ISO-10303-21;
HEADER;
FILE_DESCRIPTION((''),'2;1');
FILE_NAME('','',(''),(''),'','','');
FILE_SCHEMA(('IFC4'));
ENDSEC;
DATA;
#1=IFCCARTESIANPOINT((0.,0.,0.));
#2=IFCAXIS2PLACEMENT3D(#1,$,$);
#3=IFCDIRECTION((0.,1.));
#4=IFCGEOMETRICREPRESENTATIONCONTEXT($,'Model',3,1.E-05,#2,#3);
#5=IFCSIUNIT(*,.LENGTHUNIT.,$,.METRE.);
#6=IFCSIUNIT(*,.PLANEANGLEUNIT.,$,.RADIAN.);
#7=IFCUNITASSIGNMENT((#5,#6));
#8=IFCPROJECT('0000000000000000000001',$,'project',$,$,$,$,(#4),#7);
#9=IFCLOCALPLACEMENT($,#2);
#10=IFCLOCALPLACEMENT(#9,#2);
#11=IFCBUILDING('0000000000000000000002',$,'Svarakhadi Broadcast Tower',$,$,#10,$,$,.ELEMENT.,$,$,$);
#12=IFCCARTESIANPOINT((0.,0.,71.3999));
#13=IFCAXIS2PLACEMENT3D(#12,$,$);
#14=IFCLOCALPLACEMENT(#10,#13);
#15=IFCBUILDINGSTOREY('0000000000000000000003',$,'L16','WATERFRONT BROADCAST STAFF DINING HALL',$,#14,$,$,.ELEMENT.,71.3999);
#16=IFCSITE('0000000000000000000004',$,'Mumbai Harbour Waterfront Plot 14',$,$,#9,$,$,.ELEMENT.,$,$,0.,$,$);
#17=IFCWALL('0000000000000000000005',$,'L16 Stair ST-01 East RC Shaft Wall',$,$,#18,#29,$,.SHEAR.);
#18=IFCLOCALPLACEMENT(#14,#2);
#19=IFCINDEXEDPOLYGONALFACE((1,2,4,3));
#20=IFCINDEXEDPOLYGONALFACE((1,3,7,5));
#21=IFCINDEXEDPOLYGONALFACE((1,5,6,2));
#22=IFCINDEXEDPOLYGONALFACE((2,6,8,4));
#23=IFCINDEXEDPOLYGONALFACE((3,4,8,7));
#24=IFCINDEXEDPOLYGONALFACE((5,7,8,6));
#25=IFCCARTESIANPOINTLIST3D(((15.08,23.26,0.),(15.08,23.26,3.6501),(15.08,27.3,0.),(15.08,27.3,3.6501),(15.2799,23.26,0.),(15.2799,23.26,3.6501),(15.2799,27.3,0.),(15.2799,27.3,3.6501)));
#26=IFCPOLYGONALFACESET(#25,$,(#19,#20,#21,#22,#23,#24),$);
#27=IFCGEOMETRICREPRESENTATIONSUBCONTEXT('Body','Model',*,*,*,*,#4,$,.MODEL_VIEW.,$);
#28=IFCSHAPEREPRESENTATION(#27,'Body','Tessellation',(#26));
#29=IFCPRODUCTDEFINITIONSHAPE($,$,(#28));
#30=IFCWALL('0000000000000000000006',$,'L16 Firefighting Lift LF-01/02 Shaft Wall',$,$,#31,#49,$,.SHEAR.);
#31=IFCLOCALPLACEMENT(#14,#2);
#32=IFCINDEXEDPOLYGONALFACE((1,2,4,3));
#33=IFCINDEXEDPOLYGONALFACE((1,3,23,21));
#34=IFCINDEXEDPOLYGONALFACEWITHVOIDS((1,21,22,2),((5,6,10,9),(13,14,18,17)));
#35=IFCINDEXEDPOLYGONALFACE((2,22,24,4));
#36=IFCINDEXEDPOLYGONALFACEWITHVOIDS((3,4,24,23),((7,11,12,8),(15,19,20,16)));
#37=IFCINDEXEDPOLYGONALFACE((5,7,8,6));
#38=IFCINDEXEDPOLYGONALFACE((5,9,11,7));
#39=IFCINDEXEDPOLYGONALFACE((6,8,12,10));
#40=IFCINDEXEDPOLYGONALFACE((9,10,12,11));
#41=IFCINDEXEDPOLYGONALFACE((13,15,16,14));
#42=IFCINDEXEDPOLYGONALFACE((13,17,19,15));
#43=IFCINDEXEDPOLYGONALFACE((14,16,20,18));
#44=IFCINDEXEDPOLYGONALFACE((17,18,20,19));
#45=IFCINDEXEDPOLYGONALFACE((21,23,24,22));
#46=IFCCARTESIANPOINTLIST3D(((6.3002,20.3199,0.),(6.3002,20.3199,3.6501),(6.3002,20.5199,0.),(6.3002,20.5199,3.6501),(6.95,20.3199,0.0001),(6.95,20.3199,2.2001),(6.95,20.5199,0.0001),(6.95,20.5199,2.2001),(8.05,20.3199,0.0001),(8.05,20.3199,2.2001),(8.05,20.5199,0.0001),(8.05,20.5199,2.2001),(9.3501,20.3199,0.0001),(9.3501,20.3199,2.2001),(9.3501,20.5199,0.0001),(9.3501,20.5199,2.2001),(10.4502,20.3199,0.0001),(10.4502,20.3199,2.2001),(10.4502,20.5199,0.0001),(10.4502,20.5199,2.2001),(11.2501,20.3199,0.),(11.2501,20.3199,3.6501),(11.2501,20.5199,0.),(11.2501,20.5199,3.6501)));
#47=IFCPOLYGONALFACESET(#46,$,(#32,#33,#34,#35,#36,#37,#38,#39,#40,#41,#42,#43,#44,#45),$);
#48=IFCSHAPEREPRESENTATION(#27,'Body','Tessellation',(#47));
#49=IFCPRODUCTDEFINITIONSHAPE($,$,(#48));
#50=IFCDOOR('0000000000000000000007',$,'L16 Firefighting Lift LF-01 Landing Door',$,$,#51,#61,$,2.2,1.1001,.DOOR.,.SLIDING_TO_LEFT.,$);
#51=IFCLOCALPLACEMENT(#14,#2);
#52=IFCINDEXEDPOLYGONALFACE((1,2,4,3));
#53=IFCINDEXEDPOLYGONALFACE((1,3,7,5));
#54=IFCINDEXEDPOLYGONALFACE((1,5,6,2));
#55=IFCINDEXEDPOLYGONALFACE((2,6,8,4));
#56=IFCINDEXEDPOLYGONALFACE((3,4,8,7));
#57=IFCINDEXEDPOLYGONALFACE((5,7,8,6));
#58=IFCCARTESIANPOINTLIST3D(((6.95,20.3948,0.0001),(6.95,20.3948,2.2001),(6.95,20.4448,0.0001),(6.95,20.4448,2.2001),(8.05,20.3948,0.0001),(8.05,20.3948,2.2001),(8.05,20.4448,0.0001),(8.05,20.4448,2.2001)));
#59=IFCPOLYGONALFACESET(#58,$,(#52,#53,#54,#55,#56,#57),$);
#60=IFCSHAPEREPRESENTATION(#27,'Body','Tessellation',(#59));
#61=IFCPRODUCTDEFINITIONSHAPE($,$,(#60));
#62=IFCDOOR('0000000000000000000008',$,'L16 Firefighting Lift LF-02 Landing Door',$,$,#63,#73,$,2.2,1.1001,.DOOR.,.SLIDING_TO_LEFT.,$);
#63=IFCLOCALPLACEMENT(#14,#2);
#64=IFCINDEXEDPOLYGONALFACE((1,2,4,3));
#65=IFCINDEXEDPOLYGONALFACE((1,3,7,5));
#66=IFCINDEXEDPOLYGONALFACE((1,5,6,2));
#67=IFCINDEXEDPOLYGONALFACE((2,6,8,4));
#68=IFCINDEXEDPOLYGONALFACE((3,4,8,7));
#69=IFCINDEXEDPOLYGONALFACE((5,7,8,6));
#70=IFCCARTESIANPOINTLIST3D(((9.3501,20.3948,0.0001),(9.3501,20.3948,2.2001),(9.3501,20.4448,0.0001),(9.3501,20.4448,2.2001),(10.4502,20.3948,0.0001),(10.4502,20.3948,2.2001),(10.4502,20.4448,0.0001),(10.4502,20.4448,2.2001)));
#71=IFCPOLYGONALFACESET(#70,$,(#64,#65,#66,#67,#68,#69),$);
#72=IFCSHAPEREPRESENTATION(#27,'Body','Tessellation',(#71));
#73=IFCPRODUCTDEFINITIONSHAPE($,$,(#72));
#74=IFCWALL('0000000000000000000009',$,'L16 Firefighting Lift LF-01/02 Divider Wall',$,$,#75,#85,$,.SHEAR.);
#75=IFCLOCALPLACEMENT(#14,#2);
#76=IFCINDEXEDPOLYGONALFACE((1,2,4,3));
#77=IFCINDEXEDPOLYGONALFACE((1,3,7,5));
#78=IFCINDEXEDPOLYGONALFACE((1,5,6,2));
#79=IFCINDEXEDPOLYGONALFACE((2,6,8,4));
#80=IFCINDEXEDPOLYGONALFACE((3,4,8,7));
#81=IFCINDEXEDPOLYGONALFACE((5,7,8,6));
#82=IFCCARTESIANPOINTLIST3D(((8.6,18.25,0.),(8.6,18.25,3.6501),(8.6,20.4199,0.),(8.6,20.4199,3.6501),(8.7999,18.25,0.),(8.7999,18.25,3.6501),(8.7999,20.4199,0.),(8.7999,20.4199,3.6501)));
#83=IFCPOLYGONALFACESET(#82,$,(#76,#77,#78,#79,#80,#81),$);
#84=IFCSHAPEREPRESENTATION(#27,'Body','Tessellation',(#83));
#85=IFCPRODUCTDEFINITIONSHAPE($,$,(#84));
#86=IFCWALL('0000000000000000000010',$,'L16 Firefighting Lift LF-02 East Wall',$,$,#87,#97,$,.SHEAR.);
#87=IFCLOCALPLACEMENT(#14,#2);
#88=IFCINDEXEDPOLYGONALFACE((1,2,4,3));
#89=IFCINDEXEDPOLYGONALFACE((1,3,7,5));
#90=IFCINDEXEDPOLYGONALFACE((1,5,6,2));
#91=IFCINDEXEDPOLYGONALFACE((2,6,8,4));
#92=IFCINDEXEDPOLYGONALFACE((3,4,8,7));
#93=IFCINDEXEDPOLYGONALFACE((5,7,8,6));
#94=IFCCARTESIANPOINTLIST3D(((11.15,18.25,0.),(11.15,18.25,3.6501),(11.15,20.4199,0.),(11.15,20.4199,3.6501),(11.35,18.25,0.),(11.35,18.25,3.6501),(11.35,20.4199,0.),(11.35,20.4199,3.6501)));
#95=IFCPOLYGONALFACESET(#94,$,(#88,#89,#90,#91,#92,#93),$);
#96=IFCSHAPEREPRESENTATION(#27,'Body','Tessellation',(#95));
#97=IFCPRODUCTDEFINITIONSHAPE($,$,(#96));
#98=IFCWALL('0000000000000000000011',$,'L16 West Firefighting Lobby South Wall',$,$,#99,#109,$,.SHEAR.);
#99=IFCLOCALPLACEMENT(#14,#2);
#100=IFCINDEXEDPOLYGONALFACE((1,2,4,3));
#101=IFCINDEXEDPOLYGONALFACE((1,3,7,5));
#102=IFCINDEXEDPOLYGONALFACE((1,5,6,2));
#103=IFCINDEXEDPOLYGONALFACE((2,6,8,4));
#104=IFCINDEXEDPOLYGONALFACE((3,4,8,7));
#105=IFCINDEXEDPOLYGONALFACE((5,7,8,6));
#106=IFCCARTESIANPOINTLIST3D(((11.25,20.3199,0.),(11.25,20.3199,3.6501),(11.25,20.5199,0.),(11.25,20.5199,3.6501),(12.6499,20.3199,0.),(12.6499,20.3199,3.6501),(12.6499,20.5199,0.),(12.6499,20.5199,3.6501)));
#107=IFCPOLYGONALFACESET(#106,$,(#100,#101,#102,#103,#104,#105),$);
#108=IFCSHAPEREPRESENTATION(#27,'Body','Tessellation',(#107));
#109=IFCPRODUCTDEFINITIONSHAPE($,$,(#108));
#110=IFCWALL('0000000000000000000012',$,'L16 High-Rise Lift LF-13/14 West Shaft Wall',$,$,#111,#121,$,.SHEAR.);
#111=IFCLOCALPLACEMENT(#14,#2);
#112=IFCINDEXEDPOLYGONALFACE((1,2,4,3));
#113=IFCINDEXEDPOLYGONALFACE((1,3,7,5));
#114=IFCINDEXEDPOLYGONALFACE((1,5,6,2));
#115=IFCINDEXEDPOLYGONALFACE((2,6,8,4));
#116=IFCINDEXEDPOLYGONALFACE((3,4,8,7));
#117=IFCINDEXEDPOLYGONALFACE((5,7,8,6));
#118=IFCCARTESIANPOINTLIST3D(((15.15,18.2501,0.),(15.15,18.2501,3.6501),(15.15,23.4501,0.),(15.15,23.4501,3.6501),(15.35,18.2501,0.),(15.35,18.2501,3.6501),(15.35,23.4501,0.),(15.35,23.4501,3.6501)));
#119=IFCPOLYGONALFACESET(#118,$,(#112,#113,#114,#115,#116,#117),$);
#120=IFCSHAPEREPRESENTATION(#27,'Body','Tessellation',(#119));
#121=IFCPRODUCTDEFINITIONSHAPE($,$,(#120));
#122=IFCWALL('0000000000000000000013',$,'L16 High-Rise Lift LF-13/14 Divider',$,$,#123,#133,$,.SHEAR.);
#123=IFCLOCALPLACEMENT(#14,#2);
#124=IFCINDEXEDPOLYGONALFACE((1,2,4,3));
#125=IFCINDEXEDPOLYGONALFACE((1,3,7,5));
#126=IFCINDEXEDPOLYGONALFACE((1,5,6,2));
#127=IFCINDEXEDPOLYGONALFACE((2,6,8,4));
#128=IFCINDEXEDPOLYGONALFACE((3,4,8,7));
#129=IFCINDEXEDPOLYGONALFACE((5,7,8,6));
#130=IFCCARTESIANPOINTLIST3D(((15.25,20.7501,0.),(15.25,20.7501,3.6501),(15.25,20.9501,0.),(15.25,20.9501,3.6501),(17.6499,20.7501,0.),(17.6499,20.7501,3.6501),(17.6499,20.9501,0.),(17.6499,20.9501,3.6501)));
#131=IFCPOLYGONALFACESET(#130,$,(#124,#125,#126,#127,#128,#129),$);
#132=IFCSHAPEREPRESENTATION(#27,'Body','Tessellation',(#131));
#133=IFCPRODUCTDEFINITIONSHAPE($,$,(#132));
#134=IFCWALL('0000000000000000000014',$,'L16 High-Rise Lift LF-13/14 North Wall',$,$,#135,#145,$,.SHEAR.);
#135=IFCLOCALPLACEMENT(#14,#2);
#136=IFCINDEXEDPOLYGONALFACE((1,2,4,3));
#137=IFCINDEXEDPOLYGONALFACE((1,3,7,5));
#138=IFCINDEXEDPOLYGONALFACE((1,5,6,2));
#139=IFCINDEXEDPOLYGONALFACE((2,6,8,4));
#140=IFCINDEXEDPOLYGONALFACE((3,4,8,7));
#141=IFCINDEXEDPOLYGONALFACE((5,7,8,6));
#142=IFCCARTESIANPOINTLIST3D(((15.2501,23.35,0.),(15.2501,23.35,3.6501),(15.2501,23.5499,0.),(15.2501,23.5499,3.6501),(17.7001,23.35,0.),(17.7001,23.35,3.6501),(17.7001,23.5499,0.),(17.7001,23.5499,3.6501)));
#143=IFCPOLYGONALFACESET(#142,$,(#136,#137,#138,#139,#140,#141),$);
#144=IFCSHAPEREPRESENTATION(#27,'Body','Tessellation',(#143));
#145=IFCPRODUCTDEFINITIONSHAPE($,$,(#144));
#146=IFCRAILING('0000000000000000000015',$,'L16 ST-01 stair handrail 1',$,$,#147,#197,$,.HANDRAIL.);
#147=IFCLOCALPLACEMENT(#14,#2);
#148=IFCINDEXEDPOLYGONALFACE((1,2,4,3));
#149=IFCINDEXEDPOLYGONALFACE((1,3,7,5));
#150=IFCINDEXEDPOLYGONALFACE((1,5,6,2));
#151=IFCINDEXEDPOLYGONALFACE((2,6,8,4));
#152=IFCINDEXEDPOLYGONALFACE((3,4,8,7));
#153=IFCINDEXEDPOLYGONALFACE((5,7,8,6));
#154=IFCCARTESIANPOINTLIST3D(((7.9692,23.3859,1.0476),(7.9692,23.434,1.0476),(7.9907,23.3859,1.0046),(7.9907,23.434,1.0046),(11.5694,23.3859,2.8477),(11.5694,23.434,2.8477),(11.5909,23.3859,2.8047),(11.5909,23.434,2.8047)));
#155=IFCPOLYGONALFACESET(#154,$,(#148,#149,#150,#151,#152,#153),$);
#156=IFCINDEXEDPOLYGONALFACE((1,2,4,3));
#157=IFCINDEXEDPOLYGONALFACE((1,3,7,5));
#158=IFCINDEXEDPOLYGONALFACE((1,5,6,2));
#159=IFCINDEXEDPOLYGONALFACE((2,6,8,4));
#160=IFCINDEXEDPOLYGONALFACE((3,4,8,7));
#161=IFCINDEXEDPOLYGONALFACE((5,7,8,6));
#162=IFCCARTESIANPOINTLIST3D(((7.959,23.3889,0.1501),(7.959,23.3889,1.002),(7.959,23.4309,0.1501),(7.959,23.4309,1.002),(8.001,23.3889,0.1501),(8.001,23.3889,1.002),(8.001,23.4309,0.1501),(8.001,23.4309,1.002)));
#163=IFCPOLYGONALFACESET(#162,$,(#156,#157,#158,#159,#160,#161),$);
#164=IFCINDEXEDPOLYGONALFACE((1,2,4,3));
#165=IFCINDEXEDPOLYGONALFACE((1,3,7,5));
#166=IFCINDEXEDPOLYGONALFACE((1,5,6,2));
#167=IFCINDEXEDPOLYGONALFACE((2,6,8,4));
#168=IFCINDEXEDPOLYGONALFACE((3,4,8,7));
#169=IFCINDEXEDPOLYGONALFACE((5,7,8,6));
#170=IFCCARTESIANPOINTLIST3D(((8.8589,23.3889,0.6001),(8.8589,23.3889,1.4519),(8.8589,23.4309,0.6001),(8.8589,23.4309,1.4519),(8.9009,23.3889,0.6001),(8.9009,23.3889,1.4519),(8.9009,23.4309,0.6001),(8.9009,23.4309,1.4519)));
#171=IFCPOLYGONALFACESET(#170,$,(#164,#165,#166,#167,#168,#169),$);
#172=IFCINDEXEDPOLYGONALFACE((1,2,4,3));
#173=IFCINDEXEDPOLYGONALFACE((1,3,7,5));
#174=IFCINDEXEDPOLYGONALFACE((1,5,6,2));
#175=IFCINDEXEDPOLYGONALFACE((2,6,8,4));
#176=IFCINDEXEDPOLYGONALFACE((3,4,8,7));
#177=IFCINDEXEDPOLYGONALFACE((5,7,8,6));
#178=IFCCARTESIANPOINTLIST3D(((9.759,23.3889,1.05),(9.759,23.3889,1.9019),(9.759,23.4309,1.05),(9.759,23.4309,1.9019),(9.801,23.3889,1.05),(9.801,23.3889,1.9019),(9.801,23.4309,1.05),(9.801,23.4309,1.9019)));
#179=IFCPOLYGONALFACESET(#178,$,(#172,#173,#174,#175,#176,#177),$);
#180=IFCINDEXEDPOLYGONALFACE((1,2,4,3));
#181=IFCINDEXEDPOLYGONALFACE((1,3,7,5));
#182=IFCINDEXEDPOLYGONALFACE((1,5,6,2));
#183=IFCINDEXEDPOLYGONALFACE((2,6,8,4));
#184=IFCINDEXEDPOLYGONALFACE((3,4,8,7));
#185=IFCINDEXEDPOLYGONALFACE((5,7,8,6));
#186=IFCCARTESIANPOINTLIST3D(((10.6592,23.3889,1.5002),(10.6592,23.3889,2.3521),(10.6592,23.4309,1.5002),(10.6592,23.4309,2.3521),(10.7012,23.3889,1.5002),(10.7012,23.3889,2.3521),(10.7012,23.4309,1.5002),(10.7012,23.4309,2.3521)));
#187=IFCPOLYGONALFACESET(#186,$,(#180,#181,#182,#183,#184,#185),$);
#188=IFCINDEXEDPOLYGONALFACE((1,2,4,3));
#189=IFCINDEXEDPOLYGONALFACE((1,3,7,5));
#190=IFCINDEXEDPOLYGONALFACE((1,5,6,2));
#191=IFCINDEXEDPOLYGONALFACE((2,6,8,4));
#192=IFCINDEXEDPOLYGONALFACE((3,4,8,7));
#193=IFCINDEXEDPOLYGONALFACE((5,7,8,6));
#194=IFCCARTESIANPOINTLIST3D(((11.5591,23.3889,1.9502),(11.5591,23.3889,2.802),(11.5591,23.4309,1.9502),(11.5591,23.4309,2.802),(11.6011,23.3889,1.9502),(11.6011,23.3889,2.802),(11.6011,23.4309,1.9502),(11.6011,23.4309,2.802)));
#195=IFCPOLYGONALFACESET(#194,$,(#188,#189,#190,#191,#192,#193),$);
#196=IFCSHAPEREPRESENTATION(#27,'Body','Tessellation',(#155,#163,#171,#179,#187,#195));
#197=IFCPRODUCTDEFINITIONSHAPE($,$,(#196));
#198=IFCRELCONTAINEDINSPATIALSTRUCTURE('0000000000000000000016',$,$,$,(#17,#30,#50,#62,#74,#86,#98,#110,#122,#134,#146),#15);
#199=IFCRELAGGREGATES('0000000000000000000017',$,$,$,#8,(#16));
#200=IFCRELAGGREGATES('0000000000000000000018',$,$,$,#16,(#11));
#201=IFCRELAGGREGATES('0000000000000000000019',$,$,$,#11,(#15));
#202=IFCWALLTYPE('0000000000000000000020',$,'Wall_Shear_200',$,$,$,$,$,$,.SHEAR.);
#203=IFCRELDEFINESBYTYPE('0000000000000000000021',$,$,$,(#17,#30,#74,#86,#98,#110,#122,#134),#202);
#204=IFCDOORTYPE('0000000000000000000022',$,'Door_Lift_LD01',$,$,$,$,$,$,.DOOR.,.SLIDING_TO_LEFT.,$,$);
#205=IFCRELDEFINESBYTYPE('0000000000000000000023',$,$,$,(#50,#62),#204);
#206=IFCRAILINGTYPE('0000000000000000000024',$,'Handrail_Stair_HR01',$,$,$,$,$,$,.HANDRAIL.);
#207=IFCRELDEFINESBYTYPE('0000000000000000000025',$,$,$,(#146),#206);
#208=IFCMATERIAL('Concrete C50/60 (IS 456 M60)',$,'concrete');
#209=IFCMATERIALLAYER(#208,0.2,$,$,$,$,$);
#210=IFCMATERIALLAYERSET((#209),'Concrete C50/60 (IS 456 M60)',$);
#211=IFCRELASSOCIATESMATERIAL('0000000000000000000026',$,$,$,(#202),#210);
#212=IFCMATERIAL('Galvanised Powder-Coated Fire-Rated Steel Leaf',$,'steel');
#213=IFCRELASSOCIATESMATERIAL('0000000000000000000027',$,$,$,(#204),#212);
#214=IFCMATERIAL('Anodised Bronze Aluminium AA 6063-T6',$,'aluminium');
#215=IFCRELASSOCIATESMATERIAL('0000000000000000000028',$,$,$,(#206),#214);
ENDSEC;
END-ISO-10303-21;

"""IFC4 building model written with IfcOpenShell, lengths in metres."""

from ifc_helpers import new_model, si_unit, direction, frame, frame_2d, origin, origin_2d, place, context, subcontext, project, spatial, rectangle, extrude, material, layer, layer_set, type_object, element, fill, save


model = new_model("IFC4")

# Units and contexts
model_context = context("Model", 3, precision=1e-05, world=origin(), true_north=direction((0.0, 1.0)))
body_context = subcontext(model_context, "Body", "Model", "MODEL_VIEW")
ifc_project = project(units=[si_unit("LENGTHUNIT", "METRE"), si_unit("PLANEANGLEUNIT", "RADIAN")], contexts=[model_context])

# Site, building, storey
site_placement = place(None, origin())
site = spatial("IfcSite", under=ifc_project, at=site_placement, Name="Mumbai Harbour Waterfront Plot 14", CompositionType="ELEMENT", RefElevation=0.0)
building_placement = place(site_placement, origin())
building = spatial("IfcBuilding", under=site, at=building_placement, Name="Svarakhadi Broadcast Tower", CompositionType="ELEMENT")
storey_placement = place(building_placement, frame((0.0, 0.0, 71.3999)))
storey = spatial("IfcBuildingStorey", under=building, at=storey_placement, Name="L16", Description="WATERFRONT BROADCAST STAFF DINING HALL", CompositionType="ELEMENT", Elevation=71.3999)

# Shared definitions
ifc_material_1 = material(Name="Concrete C50/60 (IS 456 M60)", Category="concrete")

# Shared definitions
ifc_layer_1 = layer(ifc_material_1, 0.2)
ifc_layer_set_1 = layer_set([ifc_layer_1], Name="Concrete C50/60 (IS 456 M60)")
wall_type_1 = type_object("IfcWallType", Name="Wall_Shear_200", PredefinedType="SHEAR", material=ifc_layer_set_1)
ifc_material_2 = material(Name="Galvanised Powder-Coated Fire-Rated Steel Leaf", Category="steel")

# Wall
wall_1_placement = place(storey_placement, frame((15.1799, 23.26, 0.0), z_axis=(0.0, 0.0, 1.0), x_axis=(0.0, 1.0, 0.0)))
element("IfcWall", 1, at=wall_1_placement, inside=storey, type_object=wall_type_1, Name="L16 Stair ST-01 East RC Shaft Wall", PredefinedType="SHEAR", context=body_context, shape_type="SweptSolid", body=[
    extrude(rectangle(XDim=4.04, YDim=0.2, at=frame_2d((2.02, 0.0))), origin(), (0.0, 0.0, 1.0), 3.6501),
])

# Wall, openings, doors
wall_2_placement = place(storey_placement, frame((6.3, 20.4199, 0.0), z_axis=(0.0, 0.0, 1.0), x_axis=(1.0, 0.0, 0.0)))
wall_2 = element("IfcWall", 2, at=wall_2_placement, inside=storey, type_object=wall_type_1, Name="L16 Firefighting Lift LF-01/02 Shaft Wall", PredefinedType="SHEAR", context=body_context, shape_type="SweptSolid", body=[
    extrude(rectangle(XDim=4.95, YDim=0.2, at=frame_2d((2.4751, 0.0))), origin(), (0.0, 0.0, 1.0), 3.6501),
])
opening_1_placement = place(wall_2_placement, frame((0.6499, 0.0, 0.0)))
opening_1 = element("IfcOpeningElement", 3, at=opening_1_placement, cuts=wall_2, PredefinedType="OPENING", context=body_context, shape_type="SweptSolid", body=[
    extrude(rectangle(XDim=1.1001, YDim=2.2, at=frame_2d((0.55, 1.1001))), frame((0.0, 0.1099, 0.0), z_axis=(0.0, -1.0, 0.0), x_axis=(1.0, 0.0, 0.0)), (0.0, 0.0, 1.0), 0.22),
])
opening_2_placement = place(wall_2_placement, frame((3.05, 0.0, 0.0)))
opening_2 = element("IfcOpeningElement", 4, at=opening_2_placement, cuts=wall_2, PredefinedType="OPENING", context=body_context, shape_type="SweptSolid", body=[
    extrude(rectangle(XDim=1.1001, YDim=2.2, at=frame_2d((0.55, 1.1001))), frame((0.0, 0.1099, 0.0), z_axis=(0.0, -1.0, 0.0), x_axis=(1.0, 0.0, 0.0)), (0.0, 0.0, 1.0), 0.22),
])
door_type_1 = type_object("IfcDoorType", Name="Door_Lift_LD01", OperationType="SLIDING_TO_LEFT", PredefinedType="DOOR", material=ifc_material_2)
door_1_placement = place(opening_1_placement, origin())
door_1 = element("IfcDoor", 5, at=door_1_placement, inside=storey, type_object=door_type_1, Name="L16 Firefighting Lift LF-01 Landing Door", OperationType="SLIDING_TO_LEFT", OverallHeight=2.2, OverallWidth=1.1001, PredefinedType="DOOR", context=body_context, shape_type="SweptSolid", body=[
    extrude(rectangle(XDim=1.1001, YDim=2.2, at=frame_2d((0.55, 1.1001))), frame((0.0, 0.0249, 0.0), z_axis=(0.0, -1.0, 0.0), x_axis=(1.0, 0.0, 0.0)), (0.0, 0.0, 1.0), 0.05),
])
fill(opening_1, door_1)
door_2_placement = place(opening_2_placement, origin())
door_2 = element("IfcDoor", 6, at=door_2_placement, inside=storey, type_object=door_type_1, Name="L16 Firefighting Lift LF-02 Landing Door", OperationType="SLIDING_TO_LEFT", OverallHeight=2.2, OverallWidth=1.1001, PredefinedType="DOOR", context=body_context, shape_type="SweptSolid", body=[
    extrude(rectangle(XDim=1.1001, YDim=2.2, at=frame_2d((0.55, 1.1001))), frame((0.0, 0.0249, 0.0), z_axis=(0.0, -1.0, 0.0), x_axis=(1.0, 0.0, 0.0)), (0.0, 0.0, 1.0), 0.05),
])
fill(opening_2, door_2)

# Walls
for number, where, z_axis, x_axis, name in (
    (7, (8.7, 18.25, 0.0), (0.0, 0.0, 1.0), (0.0, 1.0, 0.0), "L16 Firefighting Lift LF-01/02 Divider Wall"),
    (8, (11.25, 18.25, 0.0), (0.0, 0.0, 1.0), (0.0, 1.0, 0.0), "L16 Firefighting Lift LF-02 East Wall"),
):
    element("IfcWall", number, at=place(storey_placement, frame(where, z_axis=z_axis, x_axis=x_axis)), inside=storey, type_object=wall_type_1, Name=name, PredefinedType="SHEAR", context=body_context, shape_type="SweptSolid", body=[
        extrude(rectangle(XDim=2.1699, YDim=0.2, at=frame_2d((1.085, 0.0))), origin(), (0.0, 0.0, 1.0), 3.6501),
    ])
wall_3_placement = place(storey_placement, frame((11.25, 20.4199, 0.0), z_axis=(0.0, 0.0, 1.0), x_axis=(1.0, 0.0, 0.0)))
element("IfcWall", 9, at=wall_3_placement, inside=storey, type_object=wall_type_1, Name="L16 West Firefighting Lobby South Wall", PredefinedType="SHEAR", context=body_context, shape_type="SweptSolid", body=[
    extrude(rectangle(XDim=1.3999, YDim=0.2, at=frame_2d((0.7, 0.0))), origin(), (0.0, 0.0, 1.0), 3.6501),
])

# Walls
wall_4_placement = place(storey_placement, frame((15.25, 18.25, 0.0), z_axis=(0.0, 0.0, 1.0), x_axis=(0.0, 1.0, 0.0)))
element("IfcWall", 10, at=wall_4_placement, inside=storey, type_object=wall_type_1, Name="L16 High-Rise Lift LF-13/14 West Shaft Wall", PredefinedType="SHEAR", context=body_context, shape_type="SweptSolid", body=[
    extrude(rectangle(XDim=5.2, YDim=0.2, at=frame_2d((2.6001, 0.0))), origin(), (0.0, 0.0, 1.0), 3.6501),
])
wall_5_placement = place(storey_placement, frame((15.25, 20.8501, 0.0), z_axis=(0.0, 0.0, 1.0), x_axis=(1.0, 0.0, 0.0)))
element("IfcWall", 11, at=wall_5_placement, inside=storey, type_object=wall_type_1, Name="L16 High-Rise Lift LF-13/14 Divider", PredefinedType="SHEAR", context=body_context, shape_type="SweptSolid", body=[
    extrude(rectangle(XDim=2.3999, YDim=0.2, at=frame_2d((1.2, 0.0))), origin(), (0.0, 0.0, 1.0), 3.6501),
])
wall_6_placement = place(storey_placement, frame((15.25, 23.45, 0.0), z_axis=(0.0, 0.0, 1.0), x_axis=(1.0, 0.0, 0.0)))
element("IfcWall", 12, at=wall_6_placement, inside=storey, type_object=wall_type_1, Name="L16 High-Rise Lift LF-13/14 North Wall", PredefinedType="SHEAR", context=body_context, shape_type="SweptSolid", body=[
    extrude(rectangle(XDim=2.45, YDim=0.2, at=frame_2d((1.2251, 0.0))), origin(), (0.0, 0.0, 1.0), 3.6501),
])

# Railing
ifc_material_3 = material(Name="Anodised Bronze Aluminium AA 6063-T6", Category="aluminium")
railing_type = type_object("IfcRailingType", Name="Handrail_Stair_HR01", PredefinedType="HANDRAIL", material=ifc_material_3)
railing_placement = place(storey_placement, frame((7.98, 23.4099, 0.1501)))
element("IfcRailing", 13, at=railing_placement, inside=storey, type_object=railing_type, Name="L16 ST-01 stair handrail 1", PredefinedType="HANDRAIL", context=body_context, shape_type="SweptSolid", body=[
    extrude(rectangle(XDim=0.0481, YDim=0.0481, at=origin_2d()), frame((0.0, 0.0, 0.876), z_axis=(0.894427, 0.0, 0.447214), x_axis=(0.0, 1.0, 0.0)), (0.0, 0.0, 1.0), 4.0251),
    extrude(rectangle(XDim=0.042, YDim=0.042, at=origin_2d()), origin(), (0.0, 0.0, 1.0), 0.8518),
    extrude(rectangle(XDim=0.042, YDim=0.042, at=origin_2d()), frame((0.8999, 0.0, 0.45)), (0.0, 0.0, 1.0), 0.8518),
    extrude(rectangle(XDim=0.042, YDim=0.042, at=origin_2d()), frame((1.8, 0.0, 0.8999)), (0.0, 0.0, 1.0), 0.8518),
    extrude(rectangle(XDim=0.042, YDim=0.042, at=origin_2d()), frame((2.7002, 0.0, 1.3501)), (0.0, 0.0, 1.0), 0.8518),
    extrude(rectangle(XDim=0.042, YDim=0.042, at=origin_2d()), frame((3.6001, 0.0, 1.8)), (0.0, 0.0, 1.0), 0.8518),
])

save(model, "model.ifc")
